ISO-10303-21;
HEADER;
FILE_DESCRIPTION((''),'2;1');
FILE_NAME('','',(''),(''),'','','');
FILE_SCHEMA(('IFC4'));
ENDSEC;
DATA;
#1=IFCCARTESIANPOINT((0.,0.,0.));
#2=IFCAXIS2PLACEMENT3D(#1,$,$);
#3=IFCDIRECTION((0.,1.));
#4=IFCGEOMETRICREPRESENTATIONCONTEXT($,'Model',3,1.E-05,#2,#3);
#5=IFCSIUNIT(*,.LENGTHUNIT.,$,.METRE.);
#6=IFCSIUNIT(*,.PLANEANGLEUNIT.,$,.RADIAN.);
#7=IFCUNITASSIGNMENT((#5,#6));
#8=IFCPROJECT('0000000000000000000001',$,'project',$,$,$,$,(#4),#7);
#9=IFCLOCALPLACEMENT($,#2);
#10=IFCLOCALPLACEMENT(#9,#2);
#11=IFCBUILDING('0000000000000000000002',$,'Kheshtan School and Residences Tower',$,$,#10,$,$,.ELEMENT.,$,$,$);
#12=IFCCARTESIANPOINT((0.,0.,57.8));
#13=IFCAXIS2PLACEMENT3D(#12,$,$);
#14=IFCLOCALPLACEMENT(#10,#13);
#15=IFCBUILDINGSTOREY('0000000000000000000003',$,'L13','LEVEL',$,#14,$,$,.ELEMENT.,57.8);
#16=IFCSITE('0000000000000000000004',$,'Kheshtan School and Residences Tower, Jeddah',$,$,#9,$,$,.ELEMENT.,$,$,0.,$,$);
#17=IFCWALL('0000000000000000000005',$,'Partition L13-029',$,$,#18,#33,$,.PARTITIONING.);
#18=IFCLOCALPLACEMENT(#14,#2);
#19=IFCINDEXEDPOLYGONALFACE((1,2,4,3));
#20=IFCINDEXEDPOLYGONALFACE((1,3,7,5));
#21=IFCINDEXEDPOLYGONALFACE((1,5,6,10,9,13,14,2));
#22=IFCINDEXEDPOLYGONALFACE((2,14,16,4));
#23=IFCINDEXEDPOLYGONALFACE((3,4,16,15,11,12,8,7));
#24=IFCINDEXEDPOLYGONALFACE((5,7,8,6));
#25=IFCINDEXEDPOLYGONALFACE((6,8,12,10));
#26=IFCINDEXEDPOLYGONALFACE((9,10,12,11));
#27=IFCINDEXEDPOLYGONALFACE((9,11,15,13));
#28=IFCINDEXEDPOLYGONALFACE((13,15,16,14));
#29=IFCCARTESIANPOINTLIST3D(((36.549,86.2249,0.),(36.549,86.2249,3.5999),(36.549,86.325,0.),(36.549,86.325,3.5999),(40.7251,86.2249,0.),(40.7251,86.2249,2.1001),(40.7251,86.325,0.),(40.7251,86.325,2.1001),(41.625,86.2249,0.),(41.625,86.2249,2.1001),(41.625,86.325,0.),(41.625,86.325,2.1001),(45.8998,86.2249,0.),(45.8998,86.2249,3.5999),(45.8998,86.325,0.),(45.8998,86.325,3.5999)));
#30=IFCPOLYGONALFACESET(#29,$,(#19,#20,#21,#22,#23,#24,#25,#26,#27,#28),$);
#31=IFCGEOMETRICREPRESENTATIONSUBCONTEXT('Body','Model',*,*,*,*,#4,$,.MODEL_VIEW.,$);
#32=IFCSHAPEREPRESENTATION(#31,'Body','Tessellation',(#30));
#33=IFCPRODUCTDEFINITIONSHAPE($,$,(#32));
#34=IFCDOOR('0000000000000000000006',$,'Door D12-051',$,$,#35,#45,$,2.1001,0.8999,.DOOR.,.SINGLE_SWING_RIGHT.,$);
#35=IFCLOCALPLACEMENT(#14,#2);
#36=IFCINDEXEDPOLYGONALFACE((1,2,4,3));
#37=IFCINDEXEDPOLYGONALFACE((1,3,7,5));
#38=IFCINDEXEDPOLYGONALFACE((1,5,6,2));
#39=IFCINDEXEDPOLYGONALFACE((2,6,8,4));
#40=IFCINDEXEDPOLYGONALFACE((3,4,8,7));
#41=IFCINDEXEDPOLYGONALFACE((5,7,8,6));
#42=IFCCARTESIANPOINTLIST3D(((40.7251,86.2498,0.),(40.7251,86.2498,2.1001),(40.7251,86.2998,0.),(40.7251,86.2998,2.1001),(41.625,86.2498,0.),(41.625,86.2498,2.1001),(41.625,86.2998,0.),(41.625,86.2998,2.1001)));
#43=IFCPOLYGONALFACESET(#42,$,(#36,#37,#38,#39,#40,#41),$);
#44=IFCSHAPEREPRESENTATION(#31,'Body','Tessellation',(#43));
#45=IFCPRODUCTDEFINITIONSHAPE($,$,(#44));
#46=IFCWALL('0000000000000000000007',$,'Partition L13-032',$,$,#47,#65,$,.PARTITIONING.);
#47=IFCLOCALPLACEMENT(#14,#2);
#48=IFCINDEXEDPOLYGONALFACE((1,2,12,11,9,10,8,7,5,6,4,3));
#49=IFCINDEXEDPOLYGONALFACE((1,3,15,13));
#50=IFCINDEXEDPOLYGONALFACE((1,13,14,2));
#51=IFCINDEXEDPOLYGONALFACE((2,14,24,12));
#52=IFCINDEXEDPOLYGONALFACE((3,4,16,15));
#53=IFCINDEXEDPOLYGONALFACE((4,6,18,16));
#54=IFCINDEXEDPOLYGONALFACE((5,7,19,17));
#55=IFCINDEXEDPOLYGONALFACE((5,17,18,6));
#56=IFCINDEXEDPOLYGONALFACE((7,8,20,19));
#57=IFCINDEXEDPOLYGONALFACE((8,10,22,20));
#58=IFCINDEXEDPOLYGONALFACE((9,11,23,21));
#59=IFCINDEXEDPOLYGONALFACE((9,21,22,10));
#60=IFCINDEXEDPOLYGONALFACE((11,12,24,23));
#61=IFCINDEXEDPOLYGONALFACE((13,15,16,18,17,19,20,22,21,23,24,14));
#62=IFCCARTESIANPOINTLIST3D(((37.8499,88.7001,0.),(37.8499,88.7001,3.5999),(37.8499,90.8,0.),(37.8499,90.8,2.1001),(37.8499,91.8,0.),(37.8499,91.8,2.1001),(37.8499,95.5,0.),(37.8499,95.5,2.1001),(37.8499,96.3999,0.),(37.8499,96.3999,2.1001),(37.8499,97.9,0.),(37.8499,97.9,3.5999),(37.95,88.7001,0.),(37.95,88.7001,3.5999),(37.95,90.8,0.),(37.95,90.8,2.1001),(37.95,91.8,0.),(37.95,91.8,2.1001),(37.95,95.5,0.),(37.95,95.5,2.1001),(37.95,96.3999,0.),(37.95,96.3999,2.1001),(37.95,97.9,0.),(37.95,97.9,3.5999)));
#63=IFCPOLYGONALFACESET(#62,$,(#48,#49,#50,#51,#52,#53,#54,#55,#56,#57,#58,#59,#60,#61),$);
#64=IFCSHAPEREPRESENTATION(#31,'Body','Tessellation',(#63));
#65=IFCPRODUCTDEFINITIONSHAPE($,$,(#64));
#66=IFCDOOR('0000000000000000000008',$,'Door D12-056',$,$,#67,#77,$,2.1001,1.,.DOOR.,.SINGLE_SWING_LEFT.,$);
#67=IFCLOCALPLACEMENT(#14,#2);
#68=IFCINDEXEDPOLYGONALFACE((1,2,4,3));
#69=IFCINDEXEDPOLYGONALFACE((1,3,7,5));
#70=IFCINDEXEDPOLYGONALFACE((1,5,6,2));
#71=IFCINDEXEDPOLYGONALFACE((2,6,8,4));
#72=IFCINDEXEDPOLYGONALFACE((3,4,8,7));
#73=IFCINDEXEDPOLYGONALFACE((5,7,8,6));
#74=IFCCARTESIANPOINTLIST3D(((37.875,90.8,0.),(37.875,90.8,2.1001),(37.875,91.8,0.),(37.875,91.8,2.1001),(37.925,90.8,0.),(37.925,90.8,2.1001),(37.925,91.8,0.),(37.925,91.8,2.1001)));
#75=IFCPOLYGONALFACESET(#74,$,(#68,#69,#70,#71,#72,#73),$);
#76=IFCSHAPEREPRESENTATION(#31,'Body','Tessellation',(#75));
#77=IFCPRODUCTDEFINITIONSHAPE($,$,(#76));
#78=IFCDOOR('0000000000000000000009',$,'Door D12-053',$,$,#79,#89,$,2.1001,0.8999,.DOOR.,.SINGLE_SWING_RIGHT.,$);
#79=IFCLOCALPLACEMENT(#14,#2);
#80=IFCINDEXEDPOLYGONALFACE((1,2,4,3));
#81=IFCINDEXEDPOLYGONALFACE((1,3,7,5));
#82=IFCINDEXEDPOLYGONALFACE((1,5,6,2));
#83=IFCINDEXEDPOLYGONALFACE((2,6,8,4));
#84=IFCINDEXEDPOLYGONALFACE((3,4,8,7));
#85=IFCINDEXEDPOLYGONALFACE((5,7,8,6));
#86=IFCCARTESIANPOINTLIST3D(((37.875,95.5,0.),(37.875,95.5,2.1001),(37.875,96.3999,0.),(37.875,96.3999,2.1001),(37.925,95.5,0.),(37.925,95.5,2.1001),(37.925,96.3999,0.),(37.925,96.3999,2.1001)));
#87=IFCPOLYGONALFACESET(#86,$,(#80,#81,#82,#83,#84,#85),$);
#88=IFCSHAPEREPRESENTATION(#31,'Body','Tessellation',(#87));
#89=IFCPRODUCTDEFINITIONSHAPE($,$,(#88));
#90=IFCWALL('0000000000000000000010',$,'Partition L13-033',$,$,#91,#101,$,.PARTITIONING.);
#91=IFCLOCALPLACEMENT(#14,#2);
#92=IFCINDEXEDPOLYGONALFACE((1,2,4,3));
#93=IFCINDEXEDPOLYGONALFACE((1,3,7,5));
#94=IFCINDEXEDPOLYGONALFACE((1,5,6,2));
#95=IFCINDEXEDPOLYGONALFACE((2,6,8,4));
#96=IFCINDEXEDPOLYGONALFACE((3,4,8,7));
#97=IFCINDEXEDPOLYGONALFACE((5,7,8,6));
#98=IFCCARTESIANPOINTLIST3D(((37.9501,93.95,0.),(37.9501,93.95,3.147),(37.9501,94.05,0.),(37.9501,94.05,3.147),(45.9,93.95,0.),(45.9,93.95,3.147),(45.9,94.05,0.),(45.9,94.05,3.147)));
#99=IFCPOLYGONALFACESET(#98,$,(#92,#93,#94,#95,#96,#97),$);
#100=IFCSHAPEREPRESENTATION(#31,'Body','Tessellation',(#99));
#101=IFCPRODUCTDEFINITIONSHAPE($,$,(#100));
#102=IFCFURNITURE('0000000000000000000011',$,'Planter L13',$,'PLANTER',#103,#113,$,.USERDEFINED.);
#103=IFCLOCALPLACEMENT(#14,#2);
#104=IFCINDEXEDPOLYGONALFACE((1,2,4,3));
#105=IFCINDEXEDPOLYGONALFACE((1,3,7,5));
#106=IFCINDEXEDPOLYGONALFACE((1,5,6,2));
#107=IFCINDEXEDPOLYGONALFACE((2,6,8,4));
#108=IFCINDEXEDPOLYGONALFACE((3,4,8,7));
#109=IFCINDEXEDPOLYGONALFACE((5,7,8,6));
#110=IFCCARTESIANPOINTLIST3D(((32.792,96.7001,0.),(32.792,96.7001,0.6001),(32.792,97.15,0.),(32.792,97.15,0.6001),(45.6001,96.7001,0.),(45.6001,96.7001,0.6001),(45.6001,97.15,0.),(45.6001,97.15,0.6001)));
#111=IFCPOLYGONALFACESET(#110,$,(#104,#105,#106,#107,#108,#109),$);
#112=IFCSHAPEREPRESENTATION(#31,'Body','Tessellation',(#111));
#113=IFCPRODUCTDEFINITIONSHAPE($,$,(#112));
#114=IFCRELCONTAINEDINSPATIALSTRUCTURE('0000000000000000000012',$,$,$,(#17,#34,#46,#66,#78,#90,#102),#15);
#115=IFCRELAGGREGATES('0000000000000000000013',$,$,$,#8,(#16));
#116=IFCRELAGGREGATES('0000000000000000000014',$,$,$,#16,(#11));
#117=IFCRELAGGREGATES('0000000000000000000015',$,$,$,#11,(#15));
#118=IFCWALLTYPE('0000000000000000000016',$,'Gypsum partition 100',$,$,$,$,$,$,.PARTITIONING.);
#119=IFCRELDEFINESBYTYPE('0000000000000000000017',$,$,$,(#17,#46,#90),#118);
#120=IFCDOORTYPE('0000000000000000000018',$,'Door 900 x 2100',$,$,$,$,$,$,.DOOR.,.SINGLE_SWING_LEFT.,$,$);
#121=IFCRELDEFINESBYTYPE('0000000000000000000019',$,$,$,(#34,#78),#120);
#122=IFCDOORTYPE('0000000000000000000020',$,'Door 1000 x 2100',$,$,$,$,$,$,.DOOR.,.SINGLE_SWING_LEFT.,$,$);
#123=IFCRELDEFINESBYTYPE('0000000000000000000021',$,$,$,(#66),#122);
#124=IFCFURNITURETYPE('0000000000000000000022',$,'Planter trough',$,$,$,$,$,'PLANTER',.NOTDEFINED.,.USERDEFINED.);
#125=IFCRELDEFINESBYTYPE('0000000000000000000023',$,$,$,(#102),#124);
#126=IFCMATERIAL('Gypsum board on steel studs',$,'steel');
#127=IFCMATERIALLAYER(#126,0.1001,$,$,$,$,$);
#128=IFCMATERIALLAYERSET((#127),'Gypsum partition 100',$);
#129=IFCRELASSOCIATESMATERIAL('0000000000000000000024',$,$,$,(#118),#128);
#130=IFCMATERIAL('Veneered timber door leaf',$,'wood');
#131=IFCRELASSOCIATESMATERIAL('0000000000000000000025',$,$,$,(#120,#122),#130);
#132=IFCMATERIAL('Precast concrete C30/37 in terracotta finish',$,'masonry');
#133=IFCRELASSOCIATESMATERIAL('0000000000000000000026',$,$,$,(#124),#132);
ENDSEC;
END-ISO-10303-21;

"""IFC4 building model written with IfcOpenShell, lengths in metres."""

from ifc_helpers import new_model, si_unit, direction, frame, frame_2d, origin, origin_2d, place, context, subcontext, project, spatial, rectangle, extrude, source, transform, mapped, material, layer, layer_set, type_object, element, fill, save


model = new_model("IFC4")

# Units and contexts
model_context = context("Model", 3, precision=1e-05, world=origin(), true_north=direction((0.0, 1.0)))
body_context = subcontext(model_context, "Body", "Model", "MODEL_VIEW")
ifc_project = project(units=[si_unit("LENGTHUNIT", "METRE"), si_unit("PLANEANGLEUNIT", "RADIAN")], contexts=[model_context])

# Site, building, storey
site_placement = place(None, origin())
site = spatial("IfcSite", under=ifc_project, at=site_placement, Name="Kheshtan School and Residences Tower, Jeddah", CompositionType="ELEMENT", RefElevation=0.0)
building_placement = place(site_placement, origin())
building = spatial("IfcBuilding", under=site, at=building_placement, Name="Kheshtan School and Residences Tower", CompositionType="ELEMENT")
storey_placement = place(building_placement, frame((0.0, 0.0, 57.8)))
storey = spatial("IfcBuildingStorey", under=building, at=storey_placement, Name="L13", Description="LEVEL", CompositionType="ELEMENT", Elevation=57.8)

# Wall, opening, door
ifc_material_1 = material(Name="Gypsum board on steel studs", Category="steel")
ifc_layer_1 = layer(ifc_material_1, 0.1001)
ifc_layer_set_1 = layer_set([ifc_layer_1], Name="Gypsum partition 100")
wall_type_1 = type_object("IfcWallType", Name="Gypsum partition 100", PredefinedType="PARTITIONING", material=ifc_layer_set_1)
wall_1_placement = place(storey_placement, frame((36.5491, 86.2749, 0.0), z_axis=(0.0, 0.0, 1.0), x_axis=(1.0, 0.0, 0.0)))
wall_1 = element("IfcWall", 1, at=wall_1_placement, inside=storey, type_object=wall_type_1, Name="Partition L13-029", PredefinedType="PARTITIONING", context=body_context, shape_type="SweptSolid", body=[
    extrude(rectangle(XDim=9.3508, YDim=0.1001, at=frame_2d((4.6753, 0.0))), origin(), (0.0, 0.0, 1.0), 3.5999),
])
opening_1_placement = place(wall_1_placement, frame((4.176, 0.0, 0.0)))
opening_1 = element("IfcOpeningElement", 2, at=opening_1_placement, cuts=wall_1, PredefinedType="OPENING", context=body_context, shape_type="SweptSolid", body=[
    extrude(rectangle(XDim=0.8999, YDim=2.1001, at=frame_2d((0.45, 1.05))), frame((0.0, 0.0601, 0.0), z_axis=(0.0, -1.0, 0.0), x_axis=(1.0, 0.0, 0.0)), (0.0, 0.0, 1.0), 0.1201),
])
ifc_material_2 = material(Name="Veneered timber door leaf", Category="wood")
door_type_1 = type_object("IfcDoorType", Name="Door 900 x 2100", OperationType="SINGLE_SWING_LEFT", PredefinedType="DOOR", material=ifc_material_2)
shared_shape_1 = source(origin(), body_context, "Body", "SweptSolid", [
    extrude(rectangle(XDim=0.8999, YDim=2.1001, at=frame_2d((0.45, 1.05))), frame((0.0, 0.0249, 0.0), z_axis=(0.0, -1.0, 0.0), x_axis=(1.0, 0.0, 0.0)), (0.0, 0.0, 1.0), 0.05),
])
door_1_placement = place(opening_1_placement, origin())
door_1 = element("IfcDoor", 3, at=door_1_placement, inside=storey, type_object=door_type_1, Name="Door D12-051", OperationType="SINGLE_SWING_RIGHT", OverallHeight=2.1001, OverallWidth=0.8999, PredefinedType="DOOR", context=body_context, shape_type="MappedRepresentation", body=[
    mapped(shared_shape_1, transform((0.0, 0.0, 0.0), x_axis=(1.0, 0.0, 0.0), y_axis=(0.0, 1.0, 0.0), z_axis=(0.0, 0.0, 1.0), scale=1.0)),
])
fill(opening_1, door_1)

# Wall, openings, doors
wall_2_placement = place(storey_placement, frame((37.8999, 88.7, 0.0), z_axis=(0.0, 0.0, 1.0), x_axis=(0.0, 1.0, 0.0)))
wall_2 = element("IfcWall", 4, at=wall_2_placement, inside=storey, type_object=wall_type_1, Name="Partition L13-032", PredefinedType="PARTITIONING", context=body_context, shape_type="SweptSolid", body=[
    extrude(rectangle(XDim=9.2, YDim=0.1001, at=frame_2d((4.6001, 0.0))), origin(), (0.0, 0.0, 1.0), 3.5999),
])
opening_2_placement = place(wall_2_placement, frame((6.8, 0.0, 0.0)))
opening_2 = element("IfcOpeningElement", 5, at=opening_2_placement, cuts=wall_2, PredefinedType="OPENING", context=body_context, shape_type="SweptSolid", body=[
    extrude(rectangle(XDim=0.8999, YDim=2.1001, at=frame_2d((0.45, 1.05))), frame((0.0, 0.0601, 0.0), z_axis=(0.0, -1.0, 0.0), x_axis=(1.0, 0.0, 0.0)), (0.0, 0.0, 1.0), 0.1201),
])
opening_3_placement = place(wall_2_placement, frame((2.1001, 0.0, 0.0)))
opening_3 = element("IfcOpeningElement", 6, at=opening_3_placement, cuts=wall_2, PredefinedType="OPENING", context=body_context, shape_type="SweptSolid", body=[
    extrude(rectangle(XDim=1.0, YDim=2.1001, at=frame_2d((0.5, 1.05))), frame((0.0, 0.0601, 0.0), z_axis=(0.0, -1.0, 0.0), x_axis=(1.0, 0.0, 0.0)), (0.0, 0.0, 1.0), 0.1201),
])
door_type_2 = type_object("IfcDoorType", Name="Door 1000 x 2100", OperationType="SINGLE_SWING_LEFT", PredefinedType="DOOR", material=ifc_material_2)
shared_shape_2 = source(origin(), body_context, "Body", "SweptSolid", [
    extrude(rectangle(XDim=1.0, YDim=2.1001, at=frame_2d((0.5, 1.05))), frame((0.0, 0.0249, 0.0), z_axis=(0.0, -1.0, 0.0), x_axis=(1.0, 0.0, 0.0)), (0.0, 0.0, 1.0), 0.05),
])
door_2_placement = place(opening_3_placement, origin())
door_2 = element("IfcDoor", 7, at=door_2_placement, inside=storey, type_object=door_type_2, Name="Door D12-056", OperationType="SINGLE_SWING_LEFT", OverallHeight=2.1001, OverallWidth=1.0, PredefinedType="DOOR", context=body_context, shape_type="MappedRepresentation", body=[
    mapped(shared_shape_2, transform((0.0, 0.0, 0.0), x_axis=(1.0, 0.0, 0.0), y_axis=(0.0, 1.0, 0.0), z_axis=(0.0, 0.0, 1.0), scale=1.0)),
])
fill(opening_3, door_2)
door_3_placement = place(opening_2_placement, origin())
door_3 = element("IfcDoor", 8, at=door_3_placement, inside=storey, type_object=door_type_1, Name="Door D12-053", OperationType="SINGLE_SWING_RIGHT", OverallHeight=2.1001, OverallWidth=0.8999, PredefinedType="DOOR", context=body_context, shape_type="MappedRepresentation", body=[
    mapped(shared_shape_1, transform((0.0, 0.0, 0.0), x_axis=(1.0, 0.0, 0.0), y_axis=(0.0, 1.0, 0.0), z_axis=(0.0, 0.0, 1.0), scale=1.0)),
])
fill(opening_2, door_3)

# Wall
wall_3_placement = place(storey_placement, frame((37.95, 94.0, 0.0), z_axis=(0.0, 0.0, 1.0), x_axis=(1.0, 0.0, 0.0)))
element("IfcWall", 9, at=wall_3_placement, inside=storey, type_object=wall_type_1, Name="Partition L13-033", PredefinedType="PARTITIONING", context=body_context, shape_type="SweptSolid", body=[
    extrude(rectangle(XDim=7.95, YDim=0.1001, at=frame_2d((3.9751, 0.0))), origin(), (0.0, 0.0, 1.0), 3.147),
])

# Furniture
ifc_material_3 = material(Name="Precast concrete C30/37 in terracotta finish", Category="masonry")
furniture_type = type_object("IfcFurnitureType", Name="Planter trough", ElementType="PLANTER", AssemblyPlace="NOTDEFINED", PredefinedType="USERDEFINED", material=ifc_material_3)
furniture_placement = place(storey_placement, frame((39.196, 96.925, 0.0), z_axis=(0.0, 0.0, 1.0), x_axis=(1.0, 0.0, 0.0)))
element("IfcFurniture", 10, at=furniture_placement, inside=storey, type_object=furniture_type, Name="Planter L13", ObjectType="PLANTER", PredefinedType="USERDEFINED", context=body_context, shape_type="SweptSolid", body=[
    extrude(rectangle(XDim=12.8081, YDim=0.45, at=origin_2d()), origin(), (0.0, 0.0, 1.0), 0.6001),
])

save(model, "model.ifc")
